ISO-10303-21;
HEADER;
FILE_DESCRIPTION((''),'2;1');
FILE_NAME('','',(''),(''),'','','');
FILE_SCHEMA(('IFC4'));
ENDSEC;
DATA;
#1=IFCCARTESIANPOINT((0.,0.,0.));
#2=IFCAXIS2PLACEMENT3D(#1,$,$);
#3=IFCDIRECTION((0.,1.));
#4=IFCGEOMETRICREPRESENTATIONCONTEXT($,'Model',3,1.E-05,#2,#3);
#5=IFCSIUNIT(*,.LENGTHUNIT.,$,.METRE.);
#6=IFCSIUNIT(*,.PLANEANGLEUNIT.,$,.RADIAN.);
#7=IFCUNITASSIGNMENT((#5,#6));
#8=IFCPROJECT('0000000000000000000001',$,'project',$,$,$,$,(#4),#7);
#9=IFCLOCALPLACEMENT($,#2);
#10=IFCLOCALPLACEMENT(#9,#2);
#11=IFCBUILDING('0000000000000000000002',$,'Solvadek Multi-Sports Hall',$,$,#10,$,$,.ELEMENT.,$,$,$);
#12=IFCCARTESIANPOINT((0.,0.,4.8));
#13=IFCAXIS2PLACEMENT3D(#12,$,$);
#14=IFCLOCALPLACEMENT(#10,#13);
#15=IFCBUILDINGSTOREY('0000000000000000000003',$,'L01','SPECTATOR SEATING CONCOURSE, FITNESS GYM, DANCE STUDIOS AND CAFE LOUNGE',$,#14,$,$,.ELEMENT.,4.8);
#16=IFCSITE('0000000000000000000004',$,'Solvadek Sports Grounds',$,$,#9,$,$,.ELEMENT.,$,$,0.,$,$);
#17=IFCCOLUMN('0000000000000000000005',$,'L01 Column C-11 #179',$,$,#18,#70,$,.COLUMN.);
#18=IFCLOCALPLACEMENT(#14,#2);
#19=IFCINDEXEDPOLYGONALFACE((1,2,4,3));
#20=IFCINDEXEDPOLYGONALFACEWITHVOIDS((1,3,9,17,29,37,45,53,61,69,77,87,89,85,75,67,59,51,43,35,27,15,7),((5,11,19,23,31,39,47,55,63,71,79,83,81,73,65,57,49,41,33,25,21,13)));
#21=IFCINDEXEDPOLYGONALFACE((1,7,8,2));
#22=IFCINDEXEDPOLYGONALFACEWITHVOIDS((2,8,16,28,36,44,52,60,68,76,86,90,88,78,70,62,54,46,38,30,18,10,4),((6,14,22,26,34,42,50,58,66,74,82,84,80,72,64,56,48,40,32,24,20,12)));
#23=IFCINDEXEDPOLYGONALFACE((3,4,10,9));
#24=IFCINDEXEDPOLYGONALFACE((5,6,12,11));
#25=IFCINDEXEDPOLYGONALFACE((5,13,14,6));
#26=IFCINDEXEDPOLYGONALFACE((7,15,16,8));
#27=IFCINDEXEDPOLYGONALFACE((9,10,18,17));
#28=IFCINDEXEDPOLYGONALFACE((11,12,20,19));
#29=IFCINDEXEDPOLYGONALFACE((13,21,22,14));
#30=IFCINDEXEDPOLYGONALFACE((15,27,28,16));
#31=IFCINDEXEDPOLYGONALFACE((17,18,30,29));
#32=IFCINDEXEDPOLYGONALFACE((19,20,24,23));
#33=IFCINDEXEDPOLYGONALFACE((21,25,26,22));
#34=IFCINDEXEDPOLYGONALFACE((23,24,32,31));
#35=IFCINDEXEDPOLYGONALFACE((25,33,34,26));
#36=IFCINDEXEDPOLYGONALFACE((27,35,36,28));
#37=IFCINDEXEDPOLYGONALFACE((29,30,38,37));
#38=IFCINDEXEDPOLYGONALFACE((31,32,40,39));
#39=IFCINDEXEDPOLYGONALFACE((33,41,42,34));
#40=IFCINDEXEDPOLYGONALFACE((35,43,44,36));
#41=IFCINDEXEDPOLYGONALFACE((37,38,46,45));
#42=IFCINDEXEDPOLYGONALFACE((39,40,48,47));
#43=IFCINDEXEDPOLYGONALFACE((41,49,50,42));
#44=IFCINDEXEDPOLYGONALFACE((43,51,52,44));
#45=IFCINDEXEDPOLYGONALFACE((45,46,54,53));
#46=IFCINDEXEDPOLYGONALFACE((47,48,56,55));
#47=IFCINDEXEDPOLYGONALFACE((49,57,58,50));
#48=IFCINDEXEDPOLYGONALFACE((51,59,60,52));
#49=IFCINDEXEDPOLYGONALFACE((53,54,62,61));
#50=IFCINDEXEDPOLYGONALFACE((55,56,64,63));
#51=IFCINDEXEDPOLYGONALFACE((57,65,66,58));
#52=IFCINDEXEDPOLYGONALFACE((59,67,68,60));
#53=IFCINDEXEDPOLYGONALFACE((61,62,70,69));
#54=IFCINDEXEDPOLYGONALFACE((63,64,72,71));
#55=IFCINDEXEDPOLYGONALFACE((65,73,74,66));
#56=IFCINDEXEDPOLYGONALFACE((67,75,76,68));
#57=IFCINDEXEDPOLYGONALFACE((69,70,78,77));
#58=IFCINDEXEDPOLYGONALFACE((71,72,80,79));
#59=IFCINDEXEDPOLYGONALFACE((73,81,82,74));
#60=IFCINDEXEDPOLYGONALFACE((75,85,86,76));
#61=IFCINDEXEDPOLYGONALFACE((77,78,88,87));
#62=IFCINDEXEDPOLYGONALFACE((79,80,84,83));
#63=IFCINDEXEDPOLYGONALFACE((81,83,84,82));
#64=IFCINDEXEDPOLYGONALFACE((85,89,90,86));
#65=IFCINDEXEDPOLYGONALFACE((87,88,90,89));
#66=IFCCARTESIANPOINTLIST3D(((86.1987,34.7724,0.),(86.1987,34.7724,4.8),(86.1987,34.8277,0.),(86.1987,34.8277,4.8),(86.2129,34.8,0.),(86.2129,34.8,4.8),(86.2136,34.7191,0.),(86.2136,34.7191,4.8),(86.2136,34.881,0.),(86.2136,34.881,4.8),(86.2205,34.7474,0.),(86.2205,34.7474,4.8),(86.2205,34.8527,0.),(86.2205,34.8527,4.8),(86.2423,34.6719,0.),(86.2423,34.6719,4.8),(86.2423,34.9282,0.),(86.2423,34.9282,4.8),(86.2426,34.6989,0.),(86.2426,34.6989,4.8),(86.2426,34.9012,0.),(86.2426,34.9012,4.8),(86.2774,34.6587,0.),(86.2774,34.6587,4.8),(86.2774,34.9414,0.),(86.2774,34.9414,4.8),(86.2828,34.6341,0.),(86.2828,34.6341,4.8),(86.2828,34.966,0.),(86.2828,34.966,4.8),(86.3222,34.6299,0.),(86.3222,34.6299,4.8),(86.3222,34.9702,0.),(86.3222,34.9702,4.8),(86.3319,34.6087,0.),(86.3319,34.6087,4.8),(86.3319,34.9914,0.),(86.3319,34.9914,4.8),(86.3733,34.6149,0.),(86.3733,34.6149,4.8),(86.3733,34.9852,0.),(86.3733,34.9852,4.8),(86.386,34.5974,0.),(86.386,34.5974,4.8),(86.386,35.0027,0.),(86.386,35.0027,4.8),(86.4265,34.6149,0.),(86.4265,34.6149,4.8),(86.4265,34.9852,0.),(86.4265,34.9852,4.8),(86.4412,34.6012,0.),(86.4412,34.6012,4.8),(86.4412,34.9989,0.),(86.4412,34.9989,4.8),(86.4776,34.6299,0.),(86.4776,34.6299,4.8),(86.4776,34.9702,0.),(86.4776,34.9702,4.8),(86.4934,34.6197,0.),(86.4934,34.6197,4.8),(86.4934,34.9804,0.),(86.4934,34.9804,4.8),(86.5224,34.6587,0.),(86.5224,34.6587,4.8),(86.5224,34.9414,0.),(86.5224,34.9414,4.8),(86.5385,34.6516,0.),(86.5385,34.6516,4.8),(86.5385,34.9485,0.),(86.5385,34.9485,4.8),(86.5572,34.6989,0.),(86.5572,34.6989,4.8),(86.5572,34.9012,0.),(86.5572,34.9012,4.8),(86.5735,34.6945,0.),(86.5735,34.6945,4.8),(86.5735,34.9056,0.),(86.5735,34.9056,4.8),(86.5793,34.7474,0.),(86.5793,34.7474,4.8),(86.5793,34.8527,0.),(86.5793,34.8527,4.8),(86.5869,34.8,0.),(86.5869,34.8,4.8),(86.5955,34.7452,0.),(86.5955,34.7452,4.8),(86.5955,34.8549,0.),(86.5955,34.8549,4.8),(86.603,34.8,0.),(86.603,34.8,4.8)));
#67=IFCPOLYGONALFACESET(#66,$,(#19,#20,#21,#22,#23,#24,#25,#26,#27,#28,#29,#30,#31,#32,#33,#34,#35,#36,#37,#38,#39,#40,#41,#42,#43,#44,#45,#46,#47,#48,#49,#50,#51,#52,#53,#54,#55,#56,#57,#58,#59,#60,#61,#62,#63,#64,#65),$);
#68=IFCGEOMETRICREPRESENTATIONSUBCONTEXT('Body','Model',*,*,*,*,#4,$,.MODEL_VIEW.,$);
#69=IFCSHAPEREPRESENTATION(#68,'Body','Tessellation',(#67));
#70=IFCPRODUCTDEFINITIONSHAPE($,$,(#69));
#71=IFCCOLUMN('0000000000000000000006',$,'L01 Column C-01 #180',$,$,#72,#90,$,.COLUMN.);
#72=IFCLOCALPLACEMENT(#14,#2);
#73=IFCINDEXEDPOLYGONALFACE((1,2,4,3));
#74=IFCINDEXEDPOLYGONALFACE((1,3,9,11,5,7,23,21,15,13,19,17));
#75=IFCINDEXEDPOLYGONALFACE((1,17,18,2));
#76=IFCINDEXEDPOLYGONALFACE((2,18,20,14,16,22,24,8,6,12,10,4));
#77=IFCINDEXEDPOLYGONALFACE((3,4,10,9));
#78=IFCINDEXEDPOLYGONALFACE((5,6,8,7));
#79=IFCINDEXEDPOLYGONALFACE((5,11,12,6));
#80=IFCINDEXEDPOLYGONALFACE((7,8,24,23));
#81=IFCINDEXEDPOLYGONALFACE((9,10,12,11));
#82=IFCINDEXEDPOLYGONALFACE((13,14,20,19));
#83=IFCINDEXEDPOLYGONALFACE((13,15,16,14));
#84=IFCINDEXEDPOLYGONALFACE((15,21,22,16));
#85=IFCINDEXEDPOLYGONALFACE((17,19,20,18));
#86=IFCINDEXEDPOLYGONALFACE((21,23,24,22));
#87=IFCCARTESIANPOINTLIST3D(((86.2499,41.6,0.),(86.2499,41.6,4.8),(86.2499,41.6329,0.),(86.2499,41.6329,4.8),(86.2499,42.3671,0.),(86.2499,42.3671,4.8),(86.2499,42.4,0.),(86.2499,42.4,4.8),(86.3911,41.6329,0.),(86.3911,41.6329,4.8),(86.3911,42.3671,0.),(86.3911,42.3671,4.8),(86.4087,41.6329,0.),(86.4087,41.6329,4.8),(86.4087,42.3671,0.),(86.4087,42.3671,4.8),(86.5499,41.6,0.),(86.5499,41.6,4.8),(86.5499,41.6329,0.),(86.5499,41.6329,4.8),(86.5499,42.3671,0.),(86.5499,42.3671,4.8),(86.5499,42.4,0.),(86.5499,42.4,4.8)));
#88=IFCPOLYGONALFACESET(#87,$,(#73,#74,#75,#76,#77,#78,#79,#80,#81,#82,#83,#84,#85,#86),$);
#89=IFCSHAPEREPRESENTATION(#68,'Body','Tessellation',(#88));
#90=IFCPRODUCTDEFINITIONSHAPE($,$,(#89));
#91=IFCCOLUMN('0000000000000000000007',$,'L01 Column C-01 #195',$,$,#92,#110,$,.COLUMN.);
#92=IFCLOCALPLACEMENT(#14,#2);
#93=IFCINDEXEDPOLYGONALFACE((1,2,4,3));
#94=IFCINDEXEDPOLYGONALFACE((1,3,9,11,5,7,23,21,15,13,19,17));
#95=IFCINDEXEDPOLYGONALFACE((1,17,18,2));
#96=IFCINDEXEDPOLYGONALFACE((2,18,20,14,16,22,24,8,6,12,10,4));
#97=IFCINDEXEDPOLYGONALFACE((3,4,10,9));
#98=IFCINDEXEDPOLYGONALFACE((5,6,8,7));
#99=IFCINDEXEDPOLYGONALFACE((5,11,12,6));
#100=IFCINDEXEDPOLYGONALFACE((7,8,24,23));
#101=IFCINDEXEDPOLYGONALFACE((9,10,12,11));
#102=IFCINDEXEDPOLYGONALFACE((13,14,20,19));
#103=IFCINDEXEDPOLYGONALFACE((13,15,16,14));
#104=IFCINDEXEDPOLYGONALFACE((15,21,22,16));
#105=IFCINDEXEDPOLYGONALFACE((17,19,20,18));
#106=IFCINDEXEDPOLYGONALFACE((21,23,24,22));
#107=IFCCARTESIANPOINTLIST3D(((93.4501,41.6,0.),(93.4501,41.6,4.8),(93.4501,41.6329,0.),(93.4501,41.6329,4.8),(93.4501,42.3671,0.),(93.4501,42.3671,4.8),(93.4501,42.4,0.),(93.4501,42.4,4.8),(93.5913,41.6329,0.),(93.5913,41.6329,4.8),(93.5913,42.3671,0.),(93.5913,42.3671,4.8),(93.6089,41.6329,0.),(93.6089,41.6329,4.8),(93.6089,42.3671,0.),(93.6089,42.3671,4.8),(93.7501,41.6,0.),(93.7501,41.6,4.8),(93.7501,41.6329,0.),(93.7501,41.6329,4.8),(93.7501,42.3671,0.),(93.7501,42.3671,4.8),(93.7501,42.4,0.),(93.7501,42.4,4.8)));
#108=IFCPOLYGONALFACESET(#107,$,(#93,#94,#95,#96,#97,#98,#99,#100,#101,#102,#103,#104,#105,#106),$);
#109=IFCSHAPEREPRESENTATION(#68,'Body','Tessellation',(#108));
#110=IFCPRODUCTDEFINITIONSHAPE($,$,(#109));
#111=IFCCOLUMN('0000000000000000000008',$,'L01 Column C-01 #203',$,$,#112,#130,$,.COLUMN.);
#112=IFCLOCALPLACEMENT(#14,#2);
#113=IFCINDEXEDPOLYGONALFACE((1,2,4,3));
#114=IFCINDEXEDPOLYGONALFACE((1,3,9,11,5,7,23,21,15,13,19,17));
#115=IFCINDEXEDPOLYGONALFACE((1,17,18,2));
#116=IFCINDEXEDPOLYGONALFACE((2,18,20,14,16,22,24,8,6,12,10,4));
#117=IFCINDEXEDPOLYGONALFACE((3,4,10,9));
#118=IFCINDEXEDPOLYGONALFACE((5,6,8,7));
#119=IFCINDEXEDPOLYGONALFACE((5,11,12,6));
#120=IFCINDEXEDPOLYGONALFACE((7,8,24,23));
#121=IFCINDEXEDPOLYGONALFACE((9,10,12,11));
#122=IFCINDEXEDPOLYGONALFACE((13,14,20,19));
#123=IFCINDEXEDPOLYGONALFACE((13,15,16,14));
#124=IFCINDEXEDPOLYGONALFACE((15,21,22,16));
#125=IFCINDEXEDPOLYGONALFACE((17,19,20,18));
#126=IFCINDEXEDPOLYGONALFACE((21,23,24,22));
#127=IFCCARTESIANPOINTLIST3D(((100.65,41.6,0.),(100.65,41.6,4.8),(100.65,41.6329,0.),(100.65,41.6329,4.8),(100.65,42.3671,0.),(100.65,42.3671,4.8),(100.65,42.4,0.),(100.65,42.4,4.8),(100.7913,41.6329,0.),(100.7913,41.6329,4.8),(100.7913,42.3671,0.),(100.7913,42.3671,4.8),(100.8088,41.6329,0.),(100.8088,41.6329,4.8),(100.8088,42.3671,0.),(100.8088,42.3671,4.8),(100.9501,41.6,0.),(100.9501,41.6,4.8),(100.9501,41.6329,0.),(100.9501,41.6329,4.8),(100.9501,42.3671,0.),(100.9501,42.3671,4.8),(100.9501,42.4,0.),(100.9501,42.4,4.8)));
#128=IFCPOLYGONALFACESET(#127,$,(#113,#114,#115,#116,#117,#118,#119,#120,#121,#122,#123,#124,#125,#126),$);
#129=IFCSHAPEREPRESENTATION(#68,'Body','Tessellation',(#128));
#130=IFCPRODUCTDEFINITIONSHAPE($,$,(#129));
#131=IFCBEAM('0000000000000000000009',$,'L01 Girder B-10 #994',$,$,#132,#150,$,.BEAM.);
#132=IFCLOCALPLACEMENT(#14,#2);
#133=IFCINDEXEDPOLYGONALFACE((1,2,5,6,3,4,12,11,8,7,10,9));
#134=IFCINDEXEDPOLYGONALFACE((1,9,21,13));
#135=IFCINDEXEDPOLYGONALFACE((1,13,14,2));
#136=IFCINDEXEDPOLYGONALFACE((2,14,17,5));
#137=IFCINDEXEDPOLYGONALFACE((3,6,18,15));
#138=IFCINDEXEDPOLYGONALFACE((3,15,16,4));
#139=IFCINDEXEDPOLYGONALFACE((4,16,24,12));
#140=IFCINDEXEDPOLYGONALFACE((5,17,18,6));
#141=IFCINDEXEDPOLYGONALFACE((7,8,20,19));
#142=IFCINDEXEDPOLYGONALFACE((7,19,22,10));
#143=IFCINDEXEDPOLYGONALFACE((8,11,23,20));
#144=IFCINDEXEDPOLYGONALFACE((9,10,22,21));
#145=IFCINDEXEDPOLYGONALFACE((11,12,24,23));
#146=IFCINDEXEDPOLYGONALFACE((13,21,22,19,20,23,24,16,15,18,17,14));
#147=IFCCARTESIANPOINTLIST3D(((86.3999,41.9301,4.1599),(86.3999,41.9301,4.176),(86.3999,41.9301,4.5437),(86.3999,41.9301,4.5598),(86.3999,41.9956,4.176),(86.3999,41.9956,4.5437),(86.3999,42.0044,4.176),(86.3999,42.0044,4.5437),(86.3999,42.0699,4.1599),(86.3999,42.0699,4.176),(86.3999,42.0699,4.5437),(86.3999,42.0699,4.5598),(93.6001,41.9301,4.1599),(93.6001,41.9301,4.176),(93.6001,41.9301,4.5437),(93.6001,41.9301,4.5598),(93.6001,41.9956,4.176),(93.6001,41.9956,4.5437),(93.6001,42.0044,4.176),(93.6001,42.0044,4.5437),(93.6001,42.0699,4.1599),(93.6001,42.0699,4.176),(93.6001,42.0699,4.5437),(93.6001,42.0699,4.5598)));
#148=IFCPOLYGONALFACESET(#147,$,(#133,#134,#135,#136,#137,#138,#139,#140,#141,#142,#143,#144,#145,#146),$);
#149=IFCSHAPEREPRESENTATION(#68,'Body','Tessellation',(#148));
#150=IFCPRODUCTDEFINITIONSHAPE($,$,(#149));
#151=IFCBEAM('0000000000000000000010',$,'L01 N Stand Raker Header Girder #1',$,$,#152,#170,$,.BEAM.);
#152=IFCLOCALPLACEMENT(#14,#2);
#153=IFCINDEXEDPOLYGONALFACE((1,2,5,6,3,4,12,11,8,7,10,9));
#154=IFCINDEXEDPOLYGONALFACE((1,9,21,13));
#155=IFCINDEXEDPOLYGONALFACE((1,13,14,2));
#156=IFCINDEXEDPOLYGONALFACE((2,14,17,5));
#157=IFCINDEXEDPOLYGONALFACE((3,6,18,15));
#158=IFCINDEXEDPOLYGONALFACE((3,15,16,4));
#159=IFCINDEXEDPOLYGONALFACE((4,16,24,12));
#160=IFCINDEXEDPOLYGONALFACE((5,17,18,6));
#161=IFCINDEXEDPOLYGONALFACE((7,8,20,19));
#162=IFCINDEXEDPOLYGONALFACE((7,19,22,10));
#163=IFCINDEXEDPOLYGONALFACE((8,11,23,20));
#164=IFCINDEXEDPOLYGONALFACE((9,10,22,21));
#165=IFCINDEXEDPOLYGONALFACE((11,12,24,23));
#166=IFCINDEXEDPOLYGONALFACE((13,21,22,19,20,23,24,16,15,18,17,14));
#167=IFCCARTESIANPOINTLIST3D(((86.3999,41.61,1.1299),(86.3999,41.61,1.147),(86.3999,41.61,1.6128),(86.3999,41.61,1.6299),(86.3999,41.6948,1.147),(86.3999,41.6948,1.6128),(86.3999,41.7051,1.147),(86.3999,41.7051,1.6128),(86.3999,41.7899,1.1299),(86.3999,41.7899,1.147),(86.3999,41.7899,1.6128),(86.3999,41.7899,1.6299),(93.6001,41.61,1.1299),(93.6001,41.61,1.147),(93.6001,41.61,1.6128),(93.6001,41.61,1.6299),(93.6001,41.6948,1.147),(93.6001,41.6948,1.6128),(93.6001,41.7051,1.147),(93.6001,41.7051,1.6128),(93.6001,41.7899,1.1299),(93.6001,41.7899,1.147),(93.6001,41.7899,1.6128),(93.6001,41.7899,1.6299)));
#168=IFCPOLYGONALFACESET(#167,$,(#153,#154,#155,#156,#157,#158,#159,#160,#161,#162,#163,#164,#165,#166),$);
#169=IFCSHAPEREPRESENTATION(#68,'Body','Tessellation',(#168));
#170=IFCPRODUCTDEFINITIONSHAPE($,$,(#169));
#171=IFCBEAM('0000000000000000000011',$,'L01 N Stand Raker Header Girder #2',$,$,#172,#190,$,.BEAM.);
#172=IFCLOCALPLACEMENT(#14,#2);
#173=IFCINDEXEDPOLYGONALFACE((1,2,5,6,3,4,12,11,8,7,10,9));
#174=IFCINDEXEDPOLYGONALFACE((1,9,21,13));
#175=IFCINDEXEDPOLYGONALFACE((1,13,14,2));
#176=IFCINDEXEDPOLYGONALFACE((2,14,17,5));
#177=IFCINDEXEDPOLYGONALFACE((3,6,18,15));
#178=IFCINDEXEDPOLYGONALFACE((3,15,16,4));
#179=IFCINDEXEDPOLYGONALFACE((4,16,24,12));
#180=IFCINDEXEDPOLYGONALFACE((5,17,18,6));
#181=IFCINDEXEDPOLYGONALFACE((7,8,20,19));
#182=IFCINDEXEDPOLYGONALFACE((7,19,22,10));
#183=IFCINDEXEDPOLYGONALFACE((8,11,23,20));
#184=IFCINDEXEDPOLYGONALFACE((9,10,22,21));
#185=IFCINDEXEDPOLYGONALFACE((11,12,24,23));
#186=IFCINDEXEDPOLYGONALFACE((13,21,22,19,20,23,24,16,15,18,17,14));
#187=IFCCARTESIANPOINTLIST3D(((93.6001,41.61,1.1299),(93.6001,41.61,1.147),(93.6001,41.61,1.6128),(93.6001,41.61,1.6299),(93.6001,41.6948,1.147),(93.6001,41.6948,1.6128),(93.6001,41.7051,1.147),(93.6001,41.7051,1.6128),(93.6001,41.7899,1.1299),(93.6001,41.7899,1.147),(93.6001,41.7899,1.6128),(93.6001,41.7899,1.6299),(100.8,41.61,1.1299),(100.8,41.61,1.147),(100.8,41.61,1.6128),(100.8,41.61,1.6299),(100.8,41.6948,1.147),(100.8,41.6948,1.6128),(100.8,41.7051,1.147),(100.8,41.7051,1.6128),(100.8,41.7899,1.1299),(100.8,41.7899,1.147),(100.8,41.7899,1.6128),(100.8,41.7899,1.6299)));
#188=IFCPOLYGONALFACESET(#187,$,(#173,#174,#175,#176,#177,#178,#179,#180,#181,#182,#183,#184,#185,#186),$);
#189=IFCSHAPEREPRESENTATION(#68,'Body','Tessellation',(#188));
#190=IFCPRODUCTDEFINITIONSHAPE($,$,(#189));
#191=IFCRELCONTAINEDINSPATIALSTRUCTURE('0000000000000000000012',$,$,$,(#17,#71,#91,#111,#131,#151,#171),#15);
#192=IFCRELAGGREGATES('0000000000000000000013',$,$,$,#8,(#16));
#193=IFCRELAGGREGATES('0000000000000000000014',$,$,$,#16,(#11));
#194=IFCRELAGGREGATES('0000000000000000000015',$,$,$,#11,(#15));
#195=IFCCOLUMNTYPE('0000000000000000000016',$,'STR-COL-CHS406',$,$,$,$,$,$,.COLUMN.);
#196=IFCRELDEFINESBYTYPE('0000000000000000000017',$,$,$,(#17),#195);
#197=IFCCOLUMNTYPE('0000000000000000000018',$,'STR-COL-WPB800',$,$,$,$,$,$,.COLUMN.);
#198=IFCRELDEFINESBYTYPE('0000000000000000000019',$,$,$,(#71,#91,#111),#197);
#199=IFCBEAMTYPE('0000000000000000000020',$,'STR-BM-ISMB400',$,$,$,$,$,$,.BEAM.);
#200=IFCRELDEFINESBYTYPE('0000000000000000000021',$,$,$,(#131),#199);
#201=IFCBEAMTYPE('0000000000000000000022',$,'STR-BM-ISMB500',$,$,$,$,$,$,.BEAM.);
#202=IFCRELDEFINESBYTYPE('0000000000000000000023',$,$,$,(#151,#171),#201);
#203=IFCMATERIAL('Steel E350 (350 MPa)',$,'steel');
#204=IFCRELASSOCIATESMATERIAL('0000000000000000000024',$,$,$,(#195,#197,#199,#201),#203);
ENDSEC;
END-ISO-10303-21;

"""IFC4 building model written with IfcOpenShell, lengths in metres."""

from ifc_helpers import new_model, si_unit, direction, frame, origin, origin_2d, place, context, subcontext, project, spatial, hollow_circle, i_section, extrude, material, material_profile, profile_set, type_object, element, save


model = new_model("IFC4")

# Units and contexts
model_context = context("Model", 3, precision=1e-05, world=origin(), true_north=direction((0.0, 1.0)))
body_context = subcontext(model_context, "Body", "Model", "MODEL_VIEW")
ifc_project = project(units=[si_unit("LENGTHUNIT", "METRE"), si_unit("PLANEANGLEUNIT", "RADIAN")], contexts=[model_context])

# Site, building, storey
site_placement = place(None, origin())
site = spatial("IfcSite", under=ifc_project, at=site_placement, Name="Solvadek Sports Grounds", CompositionType="ELEMENT", RefElevation=0.0)
building_placement = place(site_placement, origin())
building = spatial("IfcBuilding", under=site, at=building_placement, Name="Solvadek Multi-Sports Hall", CompositionType="ELEMENT")
storey_placement = place(building_placement, frame((0.0, 0.0, 4.8)))
storey = spatial("IfcBuildingStorey", under=building, at=storey_placement, Name="L01", Description="SPECTATOR SEATING CONCOURSE, FITNESS GYM, DANCE STUDIOS AND CAFE LOUNGE", CompositionType="ELEMENT", Elevation=4.8)

# Columns
ifc_material_1 = material(Name="Steel E350 (350 MPa)", Category="steel")
ifc_material_profile_1 = material_profile(ifc_material_1, hollow_circle(Radius=0.2031, WallThickness=0.0161, at=origin_2d()), Name="CHS 406.4x16")
ifc_profile_set_1 = profile_set([ifc_material_profile_1], Name="Steel E350 (350 MPa)")
column_type_1 = type_object("IfcColumnType", Name="STR-COL-CHS406", PredefinedType="COLUMN", material=ifc_profile_set_1)
column_placement = place(storey_placement, frame((86.3999, 34.8, 0.0), z_axis=(0.0, 0.0, 1.0), x_axis=(1.0, 0.0, 0.0)))
element("IfcColumn", 1, at=column_placement, inside=storey, type_object=column_type_1, Name="L01 Column C-11 #179", PredefinedType="COLUMN", context=body_context, shape_type="SweptSolid", body=[
    extrude(hollow_circle(Radius=0.2031, WallThickness=0.0161, at=origin_2d()), origin(), (0.0, 0.0, 1.0), 4.8),
])
ifc_material_profile_2 = material_profile(ifc_material_1, i_section(OverallWidth=0.3, OverallDepth=0.8, WebThickness=0.0176, FlangeThickness=0.033, at=origin_2d()), Name="WPB 800")
ifc_profile_set_2 = profile_set([ifc_material_profile_2], Name="Steel E350 (350 MPa)")
column_type_2 = type_object("IfcColumnType", Name="STR-COL-WPB800", PredefinedType="COLUMN", material=ifc_profile_set_2)
for number, where, z_axis, x_axis, name in (
    (2, (86.3999, 42.0, 0.0), (0.0, 0.0, 1.0), (1.0, 0.0, 0.0), "L01 Column C-01 #180"),
    (3, (93.6001, 42.0, 0.0), (0.0, 0.0, 1.0), (1.0, 0.0, 0.0), "L01 Column C-01 #195"),
    (4, (100.8, 42.0, 0.0), (0.0, 0.0, 1.0), (1.0, 0.0, 0.0), "L01 Column C-01 #203"),
):
    element("IfcColumn", number, at=place(storey_placement, frame(where, z_axis=z_axis, x_axis=x_axis)), inside=storey, type_object=column_type_2, Name=name, PredefinedType="COLUMN", context=body_context, shape_type="SweptSolid", body=[
        extrude(i_section(OverallWidth=0.3, OverallDepth=0.8, WebThickness=0.0176, FlangeThickness=0.033, at=origin_2d()), origin(), (0.0, 0.0, 1.0), 4.8),
    ])

# Beams
ifc_material_profile_3 = material_profile(ifc_material_1, i_section(OverallWidth=0.1399, OverallDepth=0.3999, WebThickness=0.0088, FlangeThickness=0.0161, at=origin_2d()), Name="ISMB 400")
ifc_profile_set_3 = profile_set([ifc_material_profile_3], Name="Steel E350 (350 MPa)")
beam_type_1 = type_object("IfcBeamType", Name="STR-BM-ISMB400", PredefinedType="BEAM", material=ifc_profile_set_3)
beam_1_placement = place(storey_placement, frame((86.3999, 42.0, 4.3599), z_axis=(1.0, 0.0, 0.0), x_axis=(0.0, 1.0, 0.0)))
element("IfcBeam", 5, at=beam_1_placement, inside=storey, type_object=beam_type_1, Name="L01 Girder B-10 #994", PredefinedType="BEAM", context=body_context, shape_type="SweptSolid", body=[
    extrude(i_section(OverallWidth=0.1399, OverallDepth=0.3999, WebThickness=0.0088, FlangeThickness=0.0161, at=origin_2d()), origin(), (0.0, 0.0, 1.0), 7.2002),
])
ifc_material_profile_4 = material_profile(ifc_material_1, i_section(OverallWidth=0.1799, OverallDepth=0.5, WebThickness=0.0103, FlangeThickness=0.0171, at=origin_2d()), Name="ISMB 500")
ifc_profile_set_4 = profile_set([ifc_material_profile_4], Name="Steel E350 (350 MPa)")
beam_type_2 = type_object("IfcBeamType", Name="STR-BM-ISMB500", PredefinedType="BEAM", material=ifc_profile_set_4)
beam_2_placement = place(storey_placement, frame((86.3999, 41.7, 1.3799), z_axis=(1.0, 0.0, 0.0), x_axis=(0.0, 1.0, 0.0)))
element("IfcBeam", 6, at=beam_2_placement, inside=storey, type_object=beam_type_2, Name="L01 N Stand Raker Header Girder #1", PredefinedType="BEAM", context=body_context, shape_type="SweptSolid", body=[
    extrude(i_section(OverallWidth=0.1799, OverallDepth=0.5, WebThickness=0.0103, FlangeThickness=0.0171, at=origin_2d()), origin(), (0.0, 0.0, 1.0), 7.2002),
])
for number, where, z_axis, x_axis, name in (
    (7, (93.6001, 41.7, 1.3799), (1.0, 0.0, 0.0), (0.0, 1.0, 0.0), "L01 N Stand Raker Header Girder #2"),
):
    element("IfcBeam", number, at=place(storey_placement, frame(where, z_axis=z_axis, x_axis=x_axis)), inside=storey, type_object=beam_type_2, Name=name, PredefinedType="BEAM", context=body_context, shape_type="SweptSolid", body=[
        extrude(i_section(OverallWidth=0.1799, OverallDepth=0.5, WebThickness=0.0103, FlangeThickness=0.0171, at=origin_2d()), origin(), (0.0, 0.0, 1.0), 7.2),
    ])

save(model, "model.ifc")
